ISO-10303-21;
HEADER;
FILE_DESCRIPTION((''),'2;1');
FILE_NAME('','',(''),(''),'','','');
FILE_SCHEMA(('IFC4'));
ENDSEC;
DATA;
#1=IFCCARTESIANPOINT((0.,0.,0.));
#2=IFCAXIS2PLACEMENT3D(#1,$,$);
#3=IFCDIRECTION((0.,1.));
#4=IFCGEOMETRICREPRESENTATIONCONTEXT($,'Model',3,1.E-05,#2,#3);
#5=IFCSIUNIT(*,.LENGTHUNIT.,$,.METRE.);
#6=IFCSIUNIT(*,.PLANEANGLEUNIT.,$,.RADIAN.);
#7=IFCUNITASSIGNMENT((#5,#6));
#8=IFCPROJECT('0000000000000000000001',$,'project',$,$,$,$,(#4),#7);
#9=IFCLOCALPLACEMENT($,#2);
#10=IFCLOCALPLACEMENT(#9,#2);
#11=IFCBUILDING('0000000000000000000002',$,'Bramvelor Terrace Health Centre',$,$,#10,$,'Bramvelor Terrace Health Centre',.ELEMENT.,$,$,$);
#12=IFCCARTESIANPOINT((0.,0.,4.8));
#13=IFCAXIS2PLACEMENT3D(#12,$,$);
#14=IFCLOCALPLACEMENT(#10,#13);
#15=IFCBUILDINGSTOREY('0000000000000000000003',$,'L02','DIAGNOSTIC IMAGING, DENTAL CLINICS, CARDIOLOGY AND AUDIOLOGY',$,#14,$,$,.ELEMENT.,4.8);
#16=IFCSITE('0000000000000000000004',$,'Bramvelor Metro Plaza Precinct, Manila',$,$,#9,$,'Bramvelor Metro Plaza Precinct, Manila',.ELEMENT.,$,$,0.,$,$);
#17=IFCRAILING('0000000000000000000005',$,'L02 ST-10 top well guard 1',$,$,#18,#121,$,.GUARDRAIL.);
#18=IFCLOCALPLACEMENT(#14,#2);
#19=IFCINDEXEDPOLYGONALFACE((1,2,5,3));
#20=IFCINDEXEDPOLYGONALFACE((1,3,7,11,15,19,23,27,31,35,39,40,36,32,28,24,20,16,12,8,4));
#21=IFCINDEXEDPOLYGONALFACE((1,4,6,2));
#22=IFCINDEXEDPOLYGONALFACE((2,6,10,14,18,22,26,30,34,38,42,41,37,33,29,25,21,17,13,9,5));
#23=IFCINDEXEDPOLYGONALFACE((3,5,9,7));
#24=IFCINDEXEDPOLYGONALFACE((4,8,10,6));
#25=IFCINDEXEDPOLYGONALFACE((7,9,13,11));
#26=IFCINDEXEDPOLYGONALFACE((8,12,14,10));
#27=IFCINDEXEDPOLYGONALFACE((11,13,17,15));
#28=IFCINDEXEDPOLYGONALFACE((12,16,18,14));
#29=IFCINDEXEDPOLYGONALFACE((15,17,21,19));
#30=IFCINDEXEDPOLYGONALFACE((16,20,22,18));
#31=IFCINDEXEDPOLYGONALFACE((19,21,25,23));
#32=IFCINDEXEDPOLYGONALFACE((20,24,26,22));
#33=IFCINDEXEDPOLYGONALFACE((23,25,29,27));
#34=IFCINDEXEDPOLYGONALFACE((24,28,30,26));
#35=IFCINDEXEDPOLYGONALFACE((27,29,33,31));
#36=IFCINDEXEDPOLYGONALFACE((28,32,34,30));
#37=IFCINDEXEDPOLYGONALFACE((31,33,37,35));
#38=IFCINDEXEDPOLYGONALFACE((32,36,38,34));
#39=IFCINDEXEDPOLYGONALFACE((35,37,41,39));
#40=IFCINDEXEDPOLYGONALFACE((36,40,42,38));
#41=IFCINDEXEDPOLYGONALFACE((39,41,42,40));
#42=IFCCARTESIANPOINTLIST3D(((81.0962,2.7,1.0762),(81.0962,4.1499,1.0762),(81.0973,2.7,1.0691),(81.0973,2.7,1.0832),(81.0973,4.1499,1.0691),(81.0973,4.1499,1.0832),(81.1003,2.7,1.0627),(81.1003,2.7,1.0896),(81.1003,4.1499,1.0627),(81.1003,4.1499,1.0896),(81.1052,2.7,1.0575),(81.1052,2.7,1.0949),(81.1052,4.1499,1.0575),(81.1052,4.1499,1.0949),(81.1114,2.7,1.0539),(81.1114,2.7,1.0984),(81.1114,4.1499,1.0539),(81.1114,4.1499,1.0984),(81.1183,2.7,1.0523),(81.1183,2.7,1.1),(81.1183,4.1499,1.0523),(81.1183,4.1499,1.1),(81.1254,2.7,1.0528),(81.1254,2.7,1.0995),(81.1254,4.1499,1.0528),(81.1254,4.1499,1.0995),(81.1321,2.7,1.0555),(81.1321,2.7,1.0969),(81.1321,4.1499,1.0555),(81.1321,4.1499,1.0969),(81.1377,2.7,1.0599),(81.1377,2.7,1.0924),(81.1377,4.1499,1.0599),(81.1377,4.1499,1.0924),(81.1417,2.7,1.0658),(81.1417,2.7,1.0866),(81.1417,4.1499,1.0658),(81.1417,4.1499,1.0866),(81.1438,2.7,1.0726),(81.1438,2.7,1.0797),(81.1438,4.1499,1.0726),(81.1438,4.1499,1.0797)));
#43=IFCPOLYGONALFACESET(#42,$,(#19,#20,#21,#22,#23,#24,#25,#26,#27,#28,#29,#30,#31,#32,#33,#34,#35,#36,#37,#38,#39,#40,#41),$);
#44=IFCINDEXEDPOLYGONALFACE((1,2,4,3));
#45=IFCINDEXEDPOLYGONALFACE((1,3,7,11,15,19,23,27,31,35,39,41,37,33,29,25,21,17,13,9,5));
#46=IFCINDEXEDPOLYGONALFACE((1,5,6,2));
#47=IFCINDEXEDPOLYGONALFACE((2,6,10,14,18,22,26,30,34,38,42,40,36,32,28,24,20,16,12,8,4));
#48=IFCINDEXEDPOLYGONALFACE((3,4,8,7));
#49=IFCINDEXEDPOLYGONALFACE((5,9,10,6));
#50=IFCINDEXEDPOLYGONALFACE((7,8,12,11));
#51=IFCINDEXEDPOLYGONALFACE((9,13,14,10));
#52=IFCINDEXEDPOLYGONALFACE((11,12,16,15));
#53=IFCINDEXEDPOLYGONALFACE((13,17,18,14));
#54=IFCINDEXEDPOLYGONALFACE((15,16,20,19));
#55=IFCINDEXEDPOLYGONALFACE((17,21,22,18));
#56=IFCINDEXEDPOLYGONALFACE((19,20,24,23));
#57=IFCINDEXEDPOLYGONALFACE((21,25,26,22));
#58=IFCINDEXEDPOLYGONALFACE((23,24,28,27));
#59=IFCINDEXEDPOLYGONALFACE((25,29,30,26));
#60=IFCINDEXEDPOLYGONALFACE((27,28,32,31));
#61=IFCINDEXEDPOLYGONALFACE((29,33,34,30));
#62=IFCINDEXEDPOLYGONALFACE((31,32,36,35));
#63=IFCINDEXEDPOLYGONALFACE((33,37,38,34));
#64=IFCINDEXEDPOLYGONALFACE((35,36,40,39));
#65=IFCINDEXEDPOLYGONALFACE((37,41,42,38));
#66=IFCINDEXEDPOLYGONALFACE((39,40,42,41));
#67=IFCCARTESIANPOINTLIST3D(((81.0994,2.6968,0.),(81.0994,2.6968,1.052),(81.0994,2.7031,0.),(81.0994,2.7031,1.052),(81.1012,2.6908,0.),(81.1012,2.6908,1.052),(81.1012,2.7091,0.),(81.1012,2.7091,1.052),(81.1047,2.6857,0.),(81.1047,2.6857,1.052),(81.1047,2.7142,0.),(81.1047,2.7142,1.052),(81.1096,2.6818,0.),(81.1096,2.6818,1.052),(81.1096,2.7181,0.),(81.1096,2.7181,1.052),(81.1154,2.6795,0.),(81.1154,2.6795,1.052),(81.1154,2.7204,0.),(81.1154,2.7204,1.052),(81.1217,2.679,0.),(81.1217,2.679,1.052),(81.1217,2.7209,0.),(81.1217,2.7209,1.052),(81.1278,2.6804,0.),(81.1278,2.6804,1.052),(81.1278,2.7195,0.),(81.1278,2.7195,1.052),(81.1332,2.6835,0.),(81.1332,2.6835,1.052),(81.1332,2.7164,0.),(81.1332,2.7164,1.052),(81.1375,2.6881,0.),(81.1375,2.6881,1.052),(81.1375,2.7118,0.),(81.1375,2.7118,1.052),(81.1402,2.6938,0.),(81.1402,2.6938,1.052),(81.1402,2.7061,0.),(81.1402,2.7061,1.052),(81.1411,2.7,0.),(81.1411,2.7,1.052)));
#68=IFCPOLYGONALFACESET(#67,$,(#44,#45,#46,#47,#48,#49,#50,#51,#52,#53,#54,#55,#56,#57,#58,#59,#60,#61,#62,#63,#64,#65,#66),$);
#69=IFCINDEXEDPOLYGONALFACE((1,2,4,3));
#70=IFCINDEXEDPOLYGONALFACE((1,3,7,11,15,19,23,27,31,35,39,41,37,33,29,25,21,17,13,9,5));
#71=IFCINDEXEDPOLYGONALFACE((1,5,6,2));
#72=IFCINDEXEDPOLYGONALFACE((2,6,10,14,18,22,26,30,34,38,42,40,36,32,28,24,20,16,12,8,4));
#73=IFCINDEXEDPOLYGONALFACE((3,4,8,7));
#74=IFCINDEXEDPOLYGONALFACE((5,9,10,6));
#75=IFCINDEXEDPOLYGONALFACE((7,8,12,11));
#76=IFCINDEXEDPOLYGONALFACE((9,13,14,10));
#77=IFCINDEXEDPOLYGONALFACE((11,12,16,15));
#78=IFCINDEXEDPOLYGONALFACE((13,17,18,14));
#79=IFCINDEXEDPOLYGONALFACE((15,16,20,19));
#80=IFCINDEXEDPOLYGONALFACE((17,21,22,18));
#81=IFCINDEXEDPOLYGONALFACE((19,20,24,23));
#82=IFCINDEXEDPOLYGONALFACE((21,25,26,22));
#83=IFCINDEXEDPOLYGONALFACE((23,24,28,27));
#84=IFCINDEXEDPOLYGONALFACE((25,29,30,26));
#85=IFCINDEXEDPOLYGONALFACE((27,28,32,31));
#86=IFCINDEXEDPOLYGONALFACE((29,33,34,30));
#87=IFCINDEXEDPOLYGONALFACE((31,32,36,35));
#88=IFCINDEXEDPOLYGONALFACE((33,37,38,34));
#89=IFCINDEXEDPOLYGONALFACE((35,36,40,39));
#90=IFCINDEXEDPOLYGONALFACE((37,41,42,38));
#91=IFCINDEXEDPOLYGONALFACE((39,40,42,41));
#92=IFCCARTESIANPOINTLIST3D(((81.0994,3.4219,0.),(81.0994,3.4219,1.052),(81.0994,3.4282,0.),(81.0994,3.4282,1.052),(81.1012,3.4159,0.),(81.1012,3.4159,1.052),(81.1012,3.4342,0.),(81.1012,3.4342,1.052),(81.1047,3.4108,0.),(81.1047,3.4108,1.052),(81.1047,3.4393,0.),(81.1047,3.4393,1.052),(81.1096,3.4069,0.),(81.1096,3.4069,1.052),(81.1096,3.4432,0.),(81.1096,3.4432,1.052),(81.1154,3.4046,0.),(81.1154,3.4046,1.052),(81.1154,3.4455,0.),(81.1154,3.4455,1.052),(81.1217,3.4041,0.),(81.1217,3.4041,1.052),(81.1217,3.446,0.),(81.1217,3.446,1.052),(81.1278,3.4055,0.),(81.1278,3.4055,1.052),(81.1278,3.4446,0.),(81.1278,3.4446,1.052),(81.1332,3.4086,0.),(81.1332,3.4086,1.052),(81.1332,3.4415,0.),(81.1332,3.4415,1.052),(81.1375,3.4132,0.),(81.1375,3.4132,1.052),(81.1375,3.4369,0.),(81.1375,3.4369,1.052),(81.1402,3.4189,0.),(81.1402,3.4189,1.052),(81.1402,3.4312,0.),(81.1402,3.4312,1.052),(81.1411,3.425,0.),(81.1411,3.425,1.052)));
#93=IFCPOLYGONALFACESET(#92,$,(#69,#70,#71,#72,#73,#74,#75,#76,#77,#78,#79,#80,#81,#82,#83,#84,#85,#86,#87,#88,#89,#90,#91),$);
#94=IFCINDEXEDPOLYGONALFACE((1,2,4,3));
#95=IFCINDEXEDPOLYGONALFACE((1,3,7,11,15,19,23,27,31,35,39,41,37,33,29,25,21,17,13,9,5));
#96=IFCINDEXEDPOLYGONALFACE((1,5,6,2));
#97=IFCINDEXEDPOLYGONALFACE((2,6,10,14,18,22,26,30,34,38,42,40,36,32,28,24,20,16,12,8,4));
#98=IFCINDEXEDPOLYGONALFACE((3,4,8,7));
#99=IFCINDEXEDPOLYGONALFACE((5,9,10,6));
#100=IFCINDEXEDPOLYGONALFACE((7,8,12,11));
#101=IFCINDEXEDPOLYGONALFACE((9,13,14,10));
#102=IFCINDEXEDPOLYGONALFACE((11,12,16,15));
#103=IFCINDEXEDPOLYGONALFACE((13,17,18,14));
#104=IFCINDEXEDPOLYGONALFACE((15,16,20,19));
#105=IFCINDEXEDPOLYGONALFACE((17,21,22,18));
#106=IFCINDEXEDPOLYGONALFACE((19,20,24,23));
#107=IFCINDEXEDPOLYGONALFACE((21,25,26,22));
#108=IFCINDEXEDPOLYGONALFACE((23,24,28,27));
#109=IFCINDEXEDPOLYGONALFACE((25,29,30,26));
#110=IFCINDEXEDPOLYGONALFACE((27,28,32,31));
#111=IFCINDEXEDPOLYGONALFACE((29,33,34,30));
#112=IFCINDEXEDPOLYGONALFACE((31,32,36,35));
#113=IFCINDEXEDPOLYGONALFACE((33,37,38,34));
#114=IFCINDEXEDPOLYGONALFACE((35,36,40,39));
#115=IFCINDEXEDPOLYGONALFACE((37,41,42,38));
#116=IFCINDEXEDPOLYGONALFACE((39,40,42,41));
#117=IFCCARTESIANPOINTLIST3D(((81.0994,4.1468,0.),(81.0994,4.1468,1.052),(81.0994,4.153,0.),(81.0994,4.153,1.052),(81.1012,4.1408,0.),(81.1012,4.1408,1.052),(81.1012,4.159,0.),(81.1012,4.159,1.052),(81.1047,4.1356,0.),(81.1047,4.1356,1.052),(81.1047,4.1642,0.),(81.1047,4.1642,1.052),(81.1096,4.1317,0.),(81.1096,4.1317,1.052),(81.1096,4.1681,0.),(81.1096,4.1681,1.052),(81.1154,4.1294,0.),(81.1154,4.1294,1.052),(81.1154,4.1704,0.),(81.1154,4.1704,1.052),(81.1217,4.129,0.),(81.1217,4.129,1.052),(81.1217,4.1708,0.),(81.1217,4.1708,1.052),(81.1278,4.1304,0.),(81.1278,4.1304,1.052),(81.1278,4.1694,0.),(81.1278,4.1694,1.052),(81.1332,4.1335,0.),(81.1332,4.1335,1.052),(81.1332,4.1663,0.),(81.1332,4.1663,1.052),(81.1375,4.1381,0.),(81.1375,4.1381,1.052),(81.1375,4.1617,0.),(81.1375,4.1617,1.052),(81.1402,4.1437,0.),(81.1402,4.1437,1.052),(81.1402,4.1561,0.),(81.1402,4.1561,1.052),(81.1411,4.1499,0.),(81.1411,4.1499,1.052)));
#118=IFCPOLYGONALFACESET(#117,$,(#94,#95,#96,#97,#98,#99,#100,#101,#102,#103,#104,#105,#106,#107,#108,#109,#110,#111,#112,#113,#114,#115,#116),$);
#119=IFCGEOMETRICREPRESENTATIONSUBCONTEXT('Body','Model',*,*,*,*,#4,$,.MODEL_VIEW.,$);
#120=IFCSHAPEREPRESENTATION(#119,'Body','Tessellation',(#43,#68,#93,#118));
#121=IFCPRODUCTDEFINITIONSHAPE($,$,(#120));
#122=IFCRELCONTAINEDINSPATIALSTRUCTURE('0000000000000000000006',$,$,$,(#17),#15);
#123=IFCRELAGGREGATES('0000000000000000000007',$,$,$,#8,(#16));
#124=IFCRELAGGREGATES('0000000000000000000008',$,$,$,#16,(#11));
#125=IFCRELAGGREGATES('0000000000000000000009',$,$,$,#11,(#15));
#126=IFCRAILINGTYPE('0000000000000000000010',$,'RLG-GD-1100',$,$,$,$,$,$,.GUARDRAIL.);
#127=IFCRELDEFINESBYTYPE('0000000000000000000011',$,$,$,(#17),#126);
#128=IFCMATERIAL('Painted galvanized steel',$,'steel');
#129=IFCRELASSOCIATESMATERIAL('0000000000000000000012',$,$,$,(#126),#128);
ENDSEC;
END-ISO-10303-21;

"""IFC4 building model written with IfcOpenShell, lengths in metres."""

from ifc_helpers import new_model, si_unit, direction, frame, origin, origin_2d, place, context, subcontext, project, spatial, circle, extrude, material, type_object, element, save


model = new_model("IFC4")

# Units and contexts
model_context = context("Model", 3, precision=1e-05, world=origin(), true_north=direction((0.0, 1.0)))
body_context = subcontext(model_context, "Body", "Model", "MODEL_VIEW")
ifc_project = project(units=[si_unit("LENGTHUNIT", "METRE"), si_unit("PLANEANGLEUNIT", "RADIAN")], contexts=[model_context])

# Site, building, storey
site_placement = place(None, origin())
site = spatial("IfcSite", under=ifc_project, at=site_placement, Name="Bramvelor Metro Plaza Precinct, Manila", LongName="Bramvelor Metro Plaza Precinct, Manila", CompositionType="ELEMENT", RefElevation=0.0)
building_placement = place(site_placement, origin())
building = spatial("IfcBuilding", under=site, at=building_placement, Name="Bramvelor Terrace Health Centre", LongName="Bramvelor Terrace Health Centre", CompositionType="ELEMENT")
storey_placement = place(building_placement, frame((0.0, 0.0, 4.8)))
storey = spatial("IfcBuildingStorey", under=building, at=storey_placement, Name="L02", Description="DIAGNOSTIC IMAGING, DENTAL CLINICS, CARDIOLOGY AND AUDIOLOGY", CompositionType="ELEMENT", Elevation=4.8)

# Railing
ifc_material_1 = material(Name="Painted galvanized steel", Category="steel")
railing_type = type_object("IfcRailingType", Name="RLG-GD-1100", PredefinedType="GUARDRAIL", material=ifc_material_1)
railing_placement = place(storey_placement, frame((81.1201, 2.7, 0.0)))
element("IfcRailing", 1, at=railing_placement, inside=storey, type_object=railing_type, Name="L02 ST-10 top well guard 1", PredefinedType="GUARDRAIL", context=body_context, shape_type="SweptSolid", body=[
    extrude(circle(Radius=0.0239, at=origin_2d()), frame((0.0, 0.0, 1.0762), z_axis=(0.0, 1.0, 0.0), x_axis=(-1.0, 0.0, 0.0)), (0.0, 0.0, 1.0), 1.45),
    extrude(circle(Radius=0.021, at=origin_2d()), origin(), (0.0, 0.0, 1.0), 1.052),
    extrude(circle(Radius=0.021, at=origin_2d()), frame((0.0, 0.7251, 0.0)), (0.0, 0.0, 1.0), 1.052),
    extrude(circle(Radius=0.021, at=origin_2d()), frame((0.0, 1.45, 0.0)), (0.0, 0.0, 1.0), 1.052),
])

save(model, "model.ifc")
